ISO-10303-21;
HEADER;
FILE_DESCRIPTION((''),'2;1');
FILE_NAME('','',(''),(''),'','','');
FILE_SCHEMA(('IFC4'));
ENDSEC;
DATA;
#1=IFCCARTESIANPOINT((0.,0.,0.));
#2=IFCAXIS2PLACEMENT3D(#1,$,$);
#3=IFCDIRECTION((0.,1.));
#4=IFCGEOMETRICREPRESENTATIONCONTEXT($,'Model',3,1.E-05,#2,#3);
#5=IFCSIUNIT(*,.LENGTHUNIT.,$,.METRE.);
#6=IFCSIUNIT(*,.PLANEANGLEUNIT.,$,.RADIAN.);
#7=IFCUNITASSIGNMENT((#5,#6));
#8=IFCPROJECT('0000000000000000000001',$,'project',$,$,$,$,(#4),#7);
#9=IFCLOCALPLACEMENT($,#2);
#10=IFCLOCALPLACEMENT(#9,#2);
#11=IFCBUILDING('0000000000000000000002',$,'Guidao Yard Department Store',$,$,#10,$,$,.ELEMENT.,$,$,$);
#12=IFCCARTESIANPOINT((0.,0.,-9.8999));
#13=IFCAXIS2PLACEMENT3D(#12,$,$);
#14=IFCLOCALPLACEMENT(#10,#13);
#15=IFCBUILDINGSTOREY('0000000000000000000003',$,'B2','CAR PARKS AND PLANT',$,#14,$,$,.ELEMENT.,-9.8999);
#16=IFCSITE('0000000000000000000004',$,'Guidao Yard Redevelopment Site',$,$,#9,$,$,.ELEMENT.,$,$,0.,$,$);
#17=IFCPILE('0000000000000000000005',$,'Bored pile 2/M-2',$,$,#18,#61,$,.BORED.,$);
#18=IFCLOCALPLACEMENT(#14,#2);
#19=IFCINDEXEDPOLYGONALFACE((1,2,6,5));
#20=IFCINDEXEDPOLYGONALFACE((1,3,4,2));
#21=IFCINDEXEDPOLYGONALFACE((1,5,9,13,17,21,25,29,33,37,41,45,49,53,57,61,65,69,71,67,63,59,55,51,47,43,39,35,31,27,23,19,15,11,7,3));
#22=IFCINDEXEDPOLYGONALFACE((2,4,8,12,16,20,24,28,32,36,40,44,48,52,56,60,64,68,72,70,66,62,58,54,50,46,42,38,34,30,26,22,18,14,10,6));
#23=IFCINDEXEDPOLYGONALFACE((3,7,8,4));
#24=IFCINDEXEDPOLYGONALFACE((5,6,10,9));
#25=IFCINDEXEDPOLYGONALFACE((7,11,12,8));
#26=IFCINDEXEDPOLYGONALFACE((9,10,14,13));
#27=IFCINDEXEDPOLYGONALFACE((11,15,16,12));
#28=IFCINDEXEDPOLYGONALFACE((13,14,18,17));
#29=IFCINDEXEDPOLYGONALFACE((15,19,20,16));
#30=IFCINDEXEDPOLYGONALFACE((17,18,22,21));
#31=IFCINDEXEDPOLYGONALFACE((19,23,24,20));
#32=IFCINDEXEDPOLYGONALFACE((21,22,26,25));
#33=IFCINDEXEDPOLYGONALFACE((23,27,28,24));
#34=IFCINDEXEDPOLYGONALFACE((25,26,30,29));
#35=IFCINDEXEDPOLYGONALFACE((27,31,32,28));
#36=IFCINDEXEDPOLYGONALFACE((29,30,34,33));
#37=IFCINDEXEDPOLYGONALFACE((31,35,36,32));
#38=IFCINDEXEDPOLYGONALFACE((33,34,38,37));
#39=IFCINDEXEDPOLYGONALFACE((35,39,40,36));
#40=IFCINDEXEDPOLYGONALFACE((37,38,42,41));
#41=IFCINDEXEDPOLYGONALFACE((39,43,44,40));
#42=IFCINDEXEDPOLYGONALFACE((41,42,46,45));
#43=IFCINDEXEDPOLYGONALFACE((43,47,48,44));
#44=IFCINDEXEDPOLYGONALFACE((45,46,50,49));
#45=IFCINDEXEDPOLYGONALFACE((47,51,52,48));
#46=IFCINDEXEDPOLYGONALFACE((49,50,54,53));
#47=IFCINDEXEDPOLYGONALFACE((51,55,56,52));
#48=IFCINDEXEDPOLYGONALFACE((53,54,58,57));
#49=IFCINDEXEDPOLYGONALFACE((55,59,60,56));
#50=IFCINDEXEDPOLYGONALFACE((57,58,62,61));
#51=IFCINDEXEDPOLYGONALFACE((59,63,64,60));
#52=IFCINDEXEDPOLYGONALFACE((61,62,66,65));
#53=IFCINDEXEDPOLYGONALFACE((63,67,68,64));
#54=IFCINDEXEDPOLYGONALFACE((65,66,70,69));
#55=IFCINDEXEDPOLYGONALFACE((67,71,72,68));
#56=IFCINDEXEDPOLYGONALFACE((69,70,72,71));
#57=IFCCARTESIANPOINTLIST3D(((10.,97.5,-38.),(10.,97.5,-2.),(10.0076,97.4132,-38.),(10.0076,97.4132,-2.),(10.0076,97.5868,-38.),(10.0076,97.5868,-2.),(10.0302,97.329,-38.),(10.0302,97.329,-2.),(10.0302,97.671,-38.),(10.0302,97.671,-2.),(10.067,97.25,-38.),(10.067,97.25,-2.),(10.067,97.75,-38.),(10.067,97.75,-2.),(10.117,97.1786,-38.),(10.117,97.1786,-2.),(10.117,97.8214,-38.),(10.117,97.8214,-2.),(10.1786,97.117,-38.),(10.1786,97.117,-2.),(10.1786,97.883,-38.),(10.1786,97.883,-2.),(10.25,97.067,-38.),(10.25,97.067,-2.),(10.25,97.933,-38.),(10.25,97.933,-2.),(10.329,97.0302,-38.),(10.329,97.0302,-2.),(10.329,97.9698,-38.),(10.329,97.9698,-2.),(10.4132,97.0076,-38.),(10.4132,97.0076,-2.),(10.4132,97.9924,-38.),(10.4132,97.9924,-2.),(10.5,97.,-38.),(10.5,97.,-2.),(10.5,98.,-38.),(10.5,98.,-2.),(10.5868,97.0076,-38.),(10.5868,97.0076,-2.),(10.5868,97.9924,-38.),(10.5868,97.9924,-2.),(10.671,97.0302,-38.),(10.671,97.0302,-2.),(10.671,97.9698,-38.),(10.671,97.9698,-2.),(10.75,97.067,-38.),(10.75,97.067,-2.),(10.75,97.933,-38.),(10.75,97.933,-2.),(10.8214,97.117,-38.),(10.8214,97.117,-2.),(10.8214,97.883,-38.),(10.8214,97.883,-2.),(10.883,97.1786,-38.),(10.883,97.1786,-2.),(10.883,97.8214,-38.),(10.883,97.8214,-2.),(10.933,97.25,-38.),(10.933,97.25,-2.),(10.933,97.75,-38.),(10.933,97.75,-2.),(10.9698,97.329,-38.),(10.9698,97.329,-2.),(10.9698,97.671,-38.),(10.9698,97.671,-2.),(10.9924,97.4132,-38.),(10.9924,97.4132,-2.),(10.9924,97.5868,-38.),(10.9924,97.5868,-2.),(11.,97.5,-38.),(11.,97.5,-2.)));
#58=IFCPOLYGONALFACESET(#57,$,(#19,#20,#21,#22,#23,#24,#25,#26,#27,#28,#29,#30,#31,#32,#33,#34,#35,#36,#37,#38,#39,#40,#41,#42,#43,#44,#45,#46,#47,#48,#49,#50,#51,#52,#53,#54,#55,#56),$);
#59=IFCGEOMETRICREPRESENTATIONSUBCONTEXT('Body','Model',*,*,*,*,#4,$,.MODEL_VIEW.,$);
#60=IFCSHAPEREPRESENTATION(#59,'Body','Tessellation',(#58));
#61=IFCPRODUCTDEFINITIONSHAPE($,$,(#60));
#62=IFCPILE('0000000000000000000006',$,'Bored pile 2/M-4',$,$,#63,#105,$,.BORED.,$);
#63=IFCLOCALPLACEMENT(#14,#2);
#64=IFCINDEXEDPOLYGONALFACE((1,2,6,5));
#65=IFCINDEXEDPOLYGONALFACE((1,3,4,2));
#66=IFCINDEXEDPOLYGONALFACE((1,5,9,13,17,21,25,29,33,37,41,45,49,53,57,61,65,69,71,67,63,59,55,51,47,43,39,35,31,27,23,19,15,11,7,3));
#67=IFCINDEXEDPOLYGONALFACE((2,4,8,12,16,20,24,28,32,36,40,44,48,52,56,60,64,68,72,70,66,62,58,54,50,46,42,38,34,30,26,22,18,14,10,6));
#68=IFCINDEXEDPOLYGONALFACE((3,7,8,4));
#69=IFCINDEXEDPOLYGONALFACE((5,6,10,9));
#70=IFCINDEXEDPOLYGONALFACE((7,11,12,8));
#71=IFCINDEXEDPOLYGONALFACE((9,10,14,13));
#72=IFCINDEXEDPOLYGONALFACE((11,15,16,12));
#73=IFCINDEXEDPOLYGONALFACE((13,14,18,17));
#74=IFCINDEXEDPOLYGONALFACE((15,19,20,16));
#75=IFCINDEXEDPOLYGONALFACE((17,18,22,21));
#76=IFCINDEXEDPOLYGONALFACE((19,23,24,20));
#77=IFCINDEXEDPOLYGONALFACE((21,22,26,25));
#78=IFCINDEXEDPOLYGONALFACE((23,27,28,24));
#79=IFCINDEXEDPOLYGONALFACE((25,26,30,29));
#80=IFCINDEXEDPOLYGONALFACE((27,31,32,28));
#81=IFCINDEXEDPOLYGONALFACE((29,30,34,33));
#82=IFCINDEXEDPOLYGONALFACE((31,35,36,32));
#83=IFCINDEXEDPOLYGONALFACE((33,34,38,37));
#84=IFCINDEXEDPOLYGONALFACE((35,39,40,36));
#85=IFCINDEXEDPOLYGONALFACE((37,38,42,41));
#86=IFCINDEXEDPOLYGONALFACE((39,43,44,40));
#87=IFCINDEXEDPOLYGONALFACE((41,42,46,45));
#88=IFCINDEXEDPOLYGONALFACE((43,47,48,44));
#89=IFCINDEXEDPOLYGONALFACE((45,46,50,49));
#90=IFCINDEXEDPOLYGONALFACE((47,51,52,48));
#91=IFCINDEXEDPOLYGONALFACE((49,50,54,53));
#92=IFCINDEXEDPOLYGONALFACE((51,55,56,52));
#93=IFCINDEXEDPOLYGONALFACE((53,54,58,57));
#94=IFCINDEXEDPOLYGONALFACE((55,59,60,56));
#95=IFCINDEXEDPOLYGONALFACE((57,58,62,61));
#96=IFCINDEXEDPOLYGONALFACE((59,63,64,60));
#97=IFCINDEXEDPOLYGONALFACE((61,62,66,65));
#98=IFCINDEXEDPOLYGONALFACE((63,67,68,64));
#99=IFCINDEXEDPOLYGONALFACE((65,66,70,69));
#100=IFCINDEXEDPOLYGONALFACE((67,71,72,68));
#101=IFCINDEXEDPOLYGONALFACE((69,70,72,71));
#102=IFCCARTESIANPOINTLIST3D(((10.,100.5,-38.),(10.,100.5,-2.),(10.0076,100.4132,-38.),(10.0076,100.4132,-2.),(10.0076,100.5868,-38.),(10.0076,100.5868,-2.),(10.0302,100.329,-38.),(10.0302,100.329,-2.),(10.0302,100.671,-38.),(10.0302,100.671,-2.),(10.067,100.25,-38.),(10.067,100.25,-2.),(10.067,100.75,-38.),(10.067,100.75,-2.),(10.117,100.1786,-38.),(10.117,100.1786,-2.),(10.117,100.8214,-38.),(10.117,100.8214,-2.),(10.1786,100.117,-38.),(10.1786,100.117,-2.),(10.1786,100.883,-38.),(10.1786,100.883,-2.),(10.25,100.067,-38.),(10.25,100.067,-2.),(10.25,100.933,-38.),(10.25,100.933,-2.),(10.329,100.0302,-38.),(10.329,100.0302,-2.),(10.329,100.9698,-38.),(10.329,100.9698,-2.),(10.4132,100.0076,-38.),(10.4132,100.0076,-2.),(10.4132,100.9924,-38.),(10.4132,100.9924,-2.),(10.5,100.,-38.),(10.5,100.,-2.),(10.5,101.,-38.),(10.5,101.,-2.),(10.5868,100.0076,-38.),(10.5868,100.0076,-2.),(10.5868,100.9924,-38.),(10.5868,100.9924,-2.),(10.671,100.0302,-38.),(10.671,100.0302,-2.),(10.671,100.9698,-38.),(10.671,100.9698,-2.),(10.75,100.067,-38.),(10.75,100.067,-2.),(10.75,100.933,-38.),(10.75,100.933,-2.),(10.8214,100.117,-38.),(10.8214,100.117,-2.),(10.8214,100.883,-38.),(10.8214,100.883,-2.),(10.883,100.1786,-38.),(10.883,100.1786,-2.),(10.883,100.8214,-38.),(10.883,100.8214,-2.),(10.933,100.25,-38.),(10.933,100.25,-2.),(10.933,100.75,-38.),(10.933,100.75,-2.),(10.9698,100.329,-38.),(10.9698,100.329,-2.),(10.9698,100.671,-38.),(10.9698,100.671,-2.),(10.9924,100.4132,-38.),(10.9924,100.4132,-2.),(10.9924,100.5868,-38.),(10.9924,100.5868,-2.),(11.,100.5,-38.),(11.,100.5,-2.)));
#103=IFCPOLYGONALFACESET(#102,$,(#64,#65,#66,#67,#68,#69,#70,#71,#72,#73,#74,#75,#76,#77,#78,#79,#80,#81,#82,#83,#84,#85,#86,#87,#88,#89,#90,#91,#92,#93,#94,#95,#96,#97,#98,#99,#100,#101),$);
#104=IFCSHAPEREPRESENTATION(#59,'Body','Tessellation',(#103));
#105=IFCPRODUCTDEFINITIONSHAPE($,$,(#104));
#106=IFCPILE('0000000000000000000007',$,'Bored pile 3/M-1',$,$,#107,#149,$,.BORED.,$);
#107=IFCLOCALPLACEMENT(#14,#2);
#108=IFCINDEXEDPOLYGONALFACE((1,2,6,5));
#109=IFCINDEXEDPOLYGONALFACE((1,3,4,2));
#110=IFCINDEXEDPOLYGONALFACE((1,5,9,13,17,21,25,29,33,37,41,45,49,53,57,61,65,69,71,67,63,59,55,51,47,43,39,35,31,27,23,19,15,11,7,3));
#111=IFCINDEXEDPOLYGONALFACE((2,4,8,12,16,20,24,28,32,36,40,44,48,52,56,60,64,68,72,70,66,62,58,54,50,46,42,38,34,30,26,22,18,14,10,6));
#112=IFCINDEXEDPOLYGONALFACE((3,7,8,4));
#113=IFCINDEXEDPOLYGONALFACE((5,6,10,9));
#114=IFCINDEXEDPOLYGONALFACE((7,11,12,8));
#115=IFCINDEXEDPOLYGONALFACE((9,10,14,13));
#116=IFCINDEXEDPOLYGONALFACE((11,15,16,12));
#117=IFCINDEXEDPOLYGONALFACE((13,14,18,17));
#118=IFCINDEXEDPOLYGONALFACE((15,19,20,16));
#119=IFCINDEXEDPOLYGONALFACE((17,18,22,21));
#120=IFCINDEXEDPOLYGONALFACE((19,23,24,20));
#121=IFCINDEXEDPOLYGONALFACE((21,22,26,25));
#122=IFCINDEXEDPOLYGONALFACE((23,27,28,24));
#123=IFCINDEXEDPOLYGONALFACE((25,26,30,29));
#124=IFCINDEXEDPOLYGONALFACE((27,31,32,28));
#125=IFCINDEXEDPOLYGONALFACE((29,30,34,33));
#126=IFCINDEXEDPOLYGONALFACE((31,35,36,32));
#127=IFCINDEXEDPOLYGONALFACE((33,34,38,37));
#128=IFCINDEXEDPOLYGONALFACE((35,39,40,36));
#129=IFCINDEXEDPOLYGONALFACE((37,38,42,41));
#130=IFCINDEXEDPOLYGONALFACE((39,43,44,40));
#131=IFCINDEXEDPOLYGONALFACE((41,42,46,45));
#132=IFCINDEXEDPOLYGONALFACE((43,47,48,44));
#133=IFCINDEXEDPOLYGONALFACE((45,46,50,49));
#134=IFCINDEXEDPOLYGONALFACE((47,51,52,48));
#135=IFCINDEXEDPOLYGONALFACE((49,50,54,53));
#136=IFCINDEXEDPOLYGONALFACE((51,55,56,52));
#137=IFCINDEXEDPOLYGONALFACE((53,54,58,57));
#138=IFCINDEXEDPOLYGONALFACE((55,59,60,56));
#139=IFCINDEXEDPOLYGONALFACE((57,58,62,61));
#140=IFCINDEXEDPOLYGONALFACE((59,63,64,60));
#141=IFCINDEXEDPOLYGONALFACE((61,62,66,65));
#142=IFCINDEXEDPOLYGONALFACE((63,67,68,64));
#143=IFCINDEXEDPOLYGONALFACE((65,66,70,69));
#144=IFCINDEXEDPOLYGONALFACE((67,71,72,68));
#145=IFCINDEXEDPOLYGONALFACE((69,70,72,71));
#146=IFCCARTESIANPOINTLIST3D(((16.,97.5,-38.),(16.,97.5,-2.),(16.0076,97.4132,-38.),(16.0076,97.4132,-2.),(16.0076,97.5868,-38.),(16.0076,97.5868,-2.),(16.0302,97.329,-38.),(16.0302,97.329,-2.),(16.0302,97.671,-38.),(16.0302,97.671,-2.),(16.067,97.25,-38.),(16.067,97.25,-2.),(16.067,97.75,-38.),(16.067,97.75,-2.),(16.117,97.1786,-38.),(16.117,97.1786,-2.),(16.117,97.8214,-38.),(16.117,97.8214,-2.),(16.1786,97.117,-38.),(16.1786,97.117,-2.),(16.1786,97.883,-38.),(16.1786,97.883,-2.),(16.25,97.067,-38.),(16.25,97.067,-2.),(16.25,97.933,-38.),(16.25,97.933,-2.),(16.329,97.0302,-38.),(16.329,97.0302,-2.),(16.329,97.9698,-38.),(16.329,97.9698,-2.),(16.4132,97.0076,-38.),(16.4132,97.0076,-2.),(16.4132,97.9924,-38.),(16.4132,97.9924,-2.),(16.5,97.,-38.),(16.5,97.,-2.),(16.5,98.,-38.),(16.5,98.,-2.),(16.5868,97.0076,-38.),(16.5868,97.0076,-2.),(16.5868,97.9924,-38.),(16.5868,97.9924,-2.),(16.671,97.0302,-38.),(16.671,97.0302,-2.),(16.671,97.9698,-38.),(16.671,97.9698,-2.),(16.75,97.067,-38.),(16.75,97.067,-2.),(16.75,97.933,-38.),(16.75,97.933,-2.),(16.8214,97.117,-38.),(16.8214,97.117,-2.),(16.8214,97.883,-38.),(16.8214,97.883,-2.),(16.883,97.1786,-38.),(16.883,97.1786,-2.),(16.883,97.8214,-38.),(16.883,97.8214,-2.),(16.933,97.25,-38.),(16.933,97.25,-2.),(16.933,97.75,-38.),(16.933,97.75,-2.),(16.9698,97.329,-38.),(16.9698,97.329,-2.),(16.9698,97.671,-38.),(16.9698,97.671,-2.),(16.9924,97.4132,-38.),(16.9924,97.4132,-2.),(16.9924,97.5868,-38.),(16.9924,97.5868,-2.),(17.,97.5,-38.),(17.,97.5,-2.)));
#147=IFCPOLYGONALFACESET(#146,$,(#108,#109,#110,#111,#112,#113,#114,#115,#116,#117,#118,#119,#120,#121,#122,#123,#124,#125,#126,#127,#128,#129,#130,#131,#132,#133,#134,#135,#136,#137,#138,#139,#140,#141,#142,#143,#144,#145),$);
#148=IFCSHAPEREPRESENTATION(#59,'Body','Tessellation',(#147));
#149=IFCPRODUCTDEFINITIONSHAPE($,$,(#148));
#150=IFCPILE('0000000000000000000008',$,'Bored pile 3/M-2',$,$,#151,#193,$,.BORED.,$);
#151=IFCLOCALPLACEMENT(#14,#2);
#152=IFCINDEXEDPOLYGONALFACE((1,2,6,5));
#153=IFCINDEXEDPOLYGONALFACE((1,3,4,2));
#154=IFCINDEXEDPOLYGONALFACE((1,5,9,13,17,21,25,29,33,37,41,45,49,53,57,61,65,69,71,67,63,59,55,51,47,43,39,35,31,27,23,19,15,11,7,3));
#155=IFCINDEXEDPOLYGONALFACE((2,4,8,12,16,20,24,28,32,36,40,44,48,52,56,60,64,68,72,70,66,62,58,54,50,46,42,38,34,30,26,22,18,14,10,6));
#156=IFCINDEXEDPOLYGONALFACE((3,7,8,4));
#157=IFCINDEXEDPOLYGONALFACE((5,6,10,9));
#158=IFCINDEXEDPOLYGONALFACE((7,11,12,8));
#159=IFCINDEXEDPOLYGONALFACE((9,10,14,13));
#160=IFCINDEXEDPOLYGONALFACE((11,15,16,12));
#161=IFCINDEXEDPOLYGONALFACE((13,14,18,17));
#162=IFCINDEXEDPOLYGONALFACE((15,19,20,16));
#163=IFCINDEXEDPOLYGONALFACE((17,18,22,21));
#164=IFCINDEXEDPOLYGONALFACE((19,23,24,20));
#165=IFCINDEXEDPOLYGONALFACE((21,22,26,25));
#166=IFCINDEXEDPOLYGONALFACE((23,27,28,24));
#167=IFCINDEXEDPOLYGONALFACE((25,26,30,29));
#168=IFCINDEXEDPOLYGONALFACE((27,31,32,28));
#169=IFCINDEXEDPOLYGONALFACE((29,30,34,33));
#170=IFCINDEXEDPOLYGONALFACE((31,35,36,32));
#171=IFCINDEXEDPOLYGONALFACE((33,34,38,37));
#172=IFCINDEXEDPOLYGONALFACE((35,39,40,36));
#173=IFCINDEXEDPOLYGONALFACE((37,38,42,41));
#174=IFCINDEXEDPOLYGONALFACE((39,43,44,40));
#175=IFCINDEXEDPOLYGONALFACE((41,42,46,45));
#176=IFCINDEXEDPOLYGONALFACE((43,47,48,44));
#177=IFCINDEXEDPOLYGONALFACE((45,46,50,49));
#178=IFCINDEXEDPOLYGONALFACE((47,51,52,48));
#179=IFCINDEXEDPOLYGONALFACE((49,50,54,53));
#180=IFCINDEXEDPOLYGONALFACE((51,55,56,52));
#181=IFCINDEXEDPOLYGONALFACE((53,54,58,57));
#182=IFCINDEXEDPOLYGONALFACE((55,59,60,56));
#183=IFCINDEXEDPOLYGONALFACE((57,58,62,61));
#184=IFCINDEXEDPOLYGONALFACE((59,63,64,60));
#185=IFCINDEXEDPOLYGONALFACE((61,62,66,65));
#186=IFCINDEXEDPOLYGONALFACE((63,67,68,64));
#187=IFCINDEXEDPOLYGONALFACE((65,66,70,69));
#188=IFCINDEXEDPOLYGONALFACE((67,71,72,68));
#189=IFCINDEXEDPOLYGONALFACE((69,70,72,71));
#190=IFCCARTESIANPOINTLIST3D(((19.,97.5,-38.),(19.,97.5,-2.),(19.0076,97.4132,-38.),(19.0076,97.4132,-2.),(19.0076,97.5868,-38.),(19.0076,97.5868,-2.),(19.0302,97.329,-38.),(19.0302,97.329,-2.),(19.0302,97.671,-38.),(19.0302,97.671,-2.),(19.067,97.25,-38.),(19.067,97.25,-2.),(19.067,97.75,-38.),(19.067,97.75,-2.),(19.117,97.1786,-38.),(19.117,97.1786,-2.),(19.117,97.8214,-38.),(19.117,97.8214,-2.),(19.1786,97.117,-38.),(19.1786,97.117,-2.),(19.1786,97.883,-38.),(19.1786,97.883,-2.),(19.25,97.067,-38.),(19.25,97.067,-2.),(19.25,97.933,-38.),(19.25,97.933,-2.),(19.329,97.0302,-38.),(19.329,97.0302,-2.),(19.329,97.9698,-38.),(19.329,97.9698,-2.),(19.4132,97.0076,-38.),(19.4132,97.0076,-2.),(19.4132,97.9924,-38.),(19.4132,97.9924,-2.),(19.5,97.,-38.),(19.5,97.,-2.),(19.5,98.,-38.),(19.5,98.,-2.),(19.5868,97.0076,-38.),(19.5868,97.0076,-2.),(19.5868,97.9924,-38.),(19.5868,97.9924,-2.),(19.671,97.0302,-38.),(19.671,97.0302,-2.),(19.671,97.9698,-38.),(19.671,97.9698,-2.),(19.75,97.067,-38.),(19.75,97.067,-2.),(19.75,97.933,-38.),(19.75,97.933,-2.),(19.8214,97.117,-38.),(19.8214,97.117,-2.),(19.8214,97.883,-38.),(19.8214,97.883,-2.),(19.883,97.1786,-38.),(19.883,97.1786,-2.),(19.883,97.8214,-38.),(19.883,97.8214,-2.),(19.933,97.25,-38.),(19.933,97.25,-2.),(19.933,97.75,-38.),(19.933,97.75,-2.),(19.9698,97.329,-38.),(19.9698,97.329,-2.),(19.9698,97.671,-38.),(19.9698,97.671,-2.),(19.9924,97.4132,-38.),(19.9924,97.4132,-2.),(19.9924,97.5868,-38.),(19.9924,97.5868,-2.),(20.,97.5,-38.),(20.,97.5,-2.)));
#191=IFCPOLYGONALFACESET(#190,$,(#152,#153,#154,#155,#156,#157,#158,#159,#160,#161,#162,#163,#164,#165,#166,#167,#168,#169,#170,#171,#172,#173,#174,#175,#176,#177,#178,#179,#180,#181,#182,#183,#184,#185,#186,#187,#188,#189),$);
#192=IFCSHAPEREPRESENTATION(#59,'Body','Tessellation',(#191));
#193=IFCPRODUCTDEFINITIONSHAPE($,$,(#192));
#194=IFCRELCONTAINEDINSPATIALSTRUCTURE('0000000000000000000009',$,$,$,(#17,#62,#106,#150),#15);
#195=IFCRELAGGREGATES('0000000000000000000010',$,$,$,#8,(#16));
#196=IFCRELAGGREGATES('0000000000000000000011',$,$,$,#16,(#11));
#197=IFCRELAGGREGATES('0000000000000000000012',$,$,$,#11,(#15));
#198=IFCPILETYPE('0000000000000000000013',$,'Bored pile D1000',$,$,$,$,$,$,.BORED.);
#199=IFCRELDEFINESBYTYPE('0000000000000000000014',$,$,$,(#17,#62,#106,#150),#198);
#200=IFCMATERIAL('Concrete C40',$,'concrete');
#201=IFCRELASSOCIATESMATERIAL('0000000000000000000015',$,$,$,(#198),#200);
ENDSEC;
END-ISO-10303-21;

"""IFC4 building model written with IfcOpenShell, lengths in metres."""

from ifc_helpers import new_model, si_unit, direction, frame, origin, origin_2d, place, context, subcontext, project, spatial, circle, extrude, material, material_profile, profile_set, type_object, element, save


model = new_model("IFC4")

# Units and contexts
model_context = context("Model", 3, precision=1e-05, world=origin(), true_north=direction((0.0, 1.0)))
body_context = subcontext(model_context, "Body", "Model", "MODEL_VIEW")
ifc_project = project(units=[si_unit("LENGTHUNIT", "METRE"), si_unit("PLANEANGLEUNIT", "RADIAN")], contexts=[model_context])

# Site, building, storey
site_placement = place(None, origin())
site = spatial("IfcSite", under=ifc_project, at=site_placement, Name="Guidao Yard Redevelopment Site", CompositionType="ELEMENT", RefElevation=0.0)
building_placement = place(site_placement, origin())
building = spatial("IfcBuilding", under=site, at=building_placement, Name="Guidao Yard Department Store", CompositionType="ELEMENT")
storey_placement = place(building_placement, frame((0.0, 0.0, -9.8999)))
storey = spatial("IfcBuildingStorey", under=building, at=storey_placement, Name="B2", Description="CAR PARKS AND PLANT", CompositionType="ELEMENT", Elevation=-9.8999)

# Piles
ifc_material_1 = material(Name="Concrete C40", Category="concrete")
ifc_material_profile_1 = material_profile(ifc_material_1, circle(Radius=0.5, at=origin_2d()), Name="Bored pile D1000")
ifc_profile_set_1 = profile_set([ifc_material_profile_1], Name="Concrete C40")
pile_type = type_object("IfcPileType", Name="Bored pile D1000", PredefinedType="BORED", material=ifc_profile_set_1)
for number, where, z_axis, x_axis, name in (
    (1, (10.5, 97.5, -2.0), (0.0, 0.0, -1.0), (1.0, 0.0, 0.0), "Bored pile 2/M-2"),
    (2, (10.5, 100.5, -2.0), (0.0, 0.0, -1.0), (1.0, 0.0, 0.0), "Bored pile 2/M-4"),
    (3, (16.5, 97.5, -2.0), (0.0, 0.0, -1.0), (1.0, 0.0, 0.0), "Bored pile 3/M-1"),
    (4, (19.5, 97.5, -2.0), (0.0, 0.0, -1.0), (1.0, 0.0, 0.0), "Bored pile 3/M-2"),
):
    element("IfcPile", number, at=place(storey_placement, frame(where, z_axis=z_axis, x_axis=x_axis)), inside=storey, type_object=pile_type, Name=name, PredefinedType="BORED", context=body_context, shape_type="SweptSolid", body=[
        extrude(circle(Radius=0.5, at=origin_2d()), origin(), (0.0, 0.0, 1.0), 36.0),
    ])

save(model, "model.ifc")
